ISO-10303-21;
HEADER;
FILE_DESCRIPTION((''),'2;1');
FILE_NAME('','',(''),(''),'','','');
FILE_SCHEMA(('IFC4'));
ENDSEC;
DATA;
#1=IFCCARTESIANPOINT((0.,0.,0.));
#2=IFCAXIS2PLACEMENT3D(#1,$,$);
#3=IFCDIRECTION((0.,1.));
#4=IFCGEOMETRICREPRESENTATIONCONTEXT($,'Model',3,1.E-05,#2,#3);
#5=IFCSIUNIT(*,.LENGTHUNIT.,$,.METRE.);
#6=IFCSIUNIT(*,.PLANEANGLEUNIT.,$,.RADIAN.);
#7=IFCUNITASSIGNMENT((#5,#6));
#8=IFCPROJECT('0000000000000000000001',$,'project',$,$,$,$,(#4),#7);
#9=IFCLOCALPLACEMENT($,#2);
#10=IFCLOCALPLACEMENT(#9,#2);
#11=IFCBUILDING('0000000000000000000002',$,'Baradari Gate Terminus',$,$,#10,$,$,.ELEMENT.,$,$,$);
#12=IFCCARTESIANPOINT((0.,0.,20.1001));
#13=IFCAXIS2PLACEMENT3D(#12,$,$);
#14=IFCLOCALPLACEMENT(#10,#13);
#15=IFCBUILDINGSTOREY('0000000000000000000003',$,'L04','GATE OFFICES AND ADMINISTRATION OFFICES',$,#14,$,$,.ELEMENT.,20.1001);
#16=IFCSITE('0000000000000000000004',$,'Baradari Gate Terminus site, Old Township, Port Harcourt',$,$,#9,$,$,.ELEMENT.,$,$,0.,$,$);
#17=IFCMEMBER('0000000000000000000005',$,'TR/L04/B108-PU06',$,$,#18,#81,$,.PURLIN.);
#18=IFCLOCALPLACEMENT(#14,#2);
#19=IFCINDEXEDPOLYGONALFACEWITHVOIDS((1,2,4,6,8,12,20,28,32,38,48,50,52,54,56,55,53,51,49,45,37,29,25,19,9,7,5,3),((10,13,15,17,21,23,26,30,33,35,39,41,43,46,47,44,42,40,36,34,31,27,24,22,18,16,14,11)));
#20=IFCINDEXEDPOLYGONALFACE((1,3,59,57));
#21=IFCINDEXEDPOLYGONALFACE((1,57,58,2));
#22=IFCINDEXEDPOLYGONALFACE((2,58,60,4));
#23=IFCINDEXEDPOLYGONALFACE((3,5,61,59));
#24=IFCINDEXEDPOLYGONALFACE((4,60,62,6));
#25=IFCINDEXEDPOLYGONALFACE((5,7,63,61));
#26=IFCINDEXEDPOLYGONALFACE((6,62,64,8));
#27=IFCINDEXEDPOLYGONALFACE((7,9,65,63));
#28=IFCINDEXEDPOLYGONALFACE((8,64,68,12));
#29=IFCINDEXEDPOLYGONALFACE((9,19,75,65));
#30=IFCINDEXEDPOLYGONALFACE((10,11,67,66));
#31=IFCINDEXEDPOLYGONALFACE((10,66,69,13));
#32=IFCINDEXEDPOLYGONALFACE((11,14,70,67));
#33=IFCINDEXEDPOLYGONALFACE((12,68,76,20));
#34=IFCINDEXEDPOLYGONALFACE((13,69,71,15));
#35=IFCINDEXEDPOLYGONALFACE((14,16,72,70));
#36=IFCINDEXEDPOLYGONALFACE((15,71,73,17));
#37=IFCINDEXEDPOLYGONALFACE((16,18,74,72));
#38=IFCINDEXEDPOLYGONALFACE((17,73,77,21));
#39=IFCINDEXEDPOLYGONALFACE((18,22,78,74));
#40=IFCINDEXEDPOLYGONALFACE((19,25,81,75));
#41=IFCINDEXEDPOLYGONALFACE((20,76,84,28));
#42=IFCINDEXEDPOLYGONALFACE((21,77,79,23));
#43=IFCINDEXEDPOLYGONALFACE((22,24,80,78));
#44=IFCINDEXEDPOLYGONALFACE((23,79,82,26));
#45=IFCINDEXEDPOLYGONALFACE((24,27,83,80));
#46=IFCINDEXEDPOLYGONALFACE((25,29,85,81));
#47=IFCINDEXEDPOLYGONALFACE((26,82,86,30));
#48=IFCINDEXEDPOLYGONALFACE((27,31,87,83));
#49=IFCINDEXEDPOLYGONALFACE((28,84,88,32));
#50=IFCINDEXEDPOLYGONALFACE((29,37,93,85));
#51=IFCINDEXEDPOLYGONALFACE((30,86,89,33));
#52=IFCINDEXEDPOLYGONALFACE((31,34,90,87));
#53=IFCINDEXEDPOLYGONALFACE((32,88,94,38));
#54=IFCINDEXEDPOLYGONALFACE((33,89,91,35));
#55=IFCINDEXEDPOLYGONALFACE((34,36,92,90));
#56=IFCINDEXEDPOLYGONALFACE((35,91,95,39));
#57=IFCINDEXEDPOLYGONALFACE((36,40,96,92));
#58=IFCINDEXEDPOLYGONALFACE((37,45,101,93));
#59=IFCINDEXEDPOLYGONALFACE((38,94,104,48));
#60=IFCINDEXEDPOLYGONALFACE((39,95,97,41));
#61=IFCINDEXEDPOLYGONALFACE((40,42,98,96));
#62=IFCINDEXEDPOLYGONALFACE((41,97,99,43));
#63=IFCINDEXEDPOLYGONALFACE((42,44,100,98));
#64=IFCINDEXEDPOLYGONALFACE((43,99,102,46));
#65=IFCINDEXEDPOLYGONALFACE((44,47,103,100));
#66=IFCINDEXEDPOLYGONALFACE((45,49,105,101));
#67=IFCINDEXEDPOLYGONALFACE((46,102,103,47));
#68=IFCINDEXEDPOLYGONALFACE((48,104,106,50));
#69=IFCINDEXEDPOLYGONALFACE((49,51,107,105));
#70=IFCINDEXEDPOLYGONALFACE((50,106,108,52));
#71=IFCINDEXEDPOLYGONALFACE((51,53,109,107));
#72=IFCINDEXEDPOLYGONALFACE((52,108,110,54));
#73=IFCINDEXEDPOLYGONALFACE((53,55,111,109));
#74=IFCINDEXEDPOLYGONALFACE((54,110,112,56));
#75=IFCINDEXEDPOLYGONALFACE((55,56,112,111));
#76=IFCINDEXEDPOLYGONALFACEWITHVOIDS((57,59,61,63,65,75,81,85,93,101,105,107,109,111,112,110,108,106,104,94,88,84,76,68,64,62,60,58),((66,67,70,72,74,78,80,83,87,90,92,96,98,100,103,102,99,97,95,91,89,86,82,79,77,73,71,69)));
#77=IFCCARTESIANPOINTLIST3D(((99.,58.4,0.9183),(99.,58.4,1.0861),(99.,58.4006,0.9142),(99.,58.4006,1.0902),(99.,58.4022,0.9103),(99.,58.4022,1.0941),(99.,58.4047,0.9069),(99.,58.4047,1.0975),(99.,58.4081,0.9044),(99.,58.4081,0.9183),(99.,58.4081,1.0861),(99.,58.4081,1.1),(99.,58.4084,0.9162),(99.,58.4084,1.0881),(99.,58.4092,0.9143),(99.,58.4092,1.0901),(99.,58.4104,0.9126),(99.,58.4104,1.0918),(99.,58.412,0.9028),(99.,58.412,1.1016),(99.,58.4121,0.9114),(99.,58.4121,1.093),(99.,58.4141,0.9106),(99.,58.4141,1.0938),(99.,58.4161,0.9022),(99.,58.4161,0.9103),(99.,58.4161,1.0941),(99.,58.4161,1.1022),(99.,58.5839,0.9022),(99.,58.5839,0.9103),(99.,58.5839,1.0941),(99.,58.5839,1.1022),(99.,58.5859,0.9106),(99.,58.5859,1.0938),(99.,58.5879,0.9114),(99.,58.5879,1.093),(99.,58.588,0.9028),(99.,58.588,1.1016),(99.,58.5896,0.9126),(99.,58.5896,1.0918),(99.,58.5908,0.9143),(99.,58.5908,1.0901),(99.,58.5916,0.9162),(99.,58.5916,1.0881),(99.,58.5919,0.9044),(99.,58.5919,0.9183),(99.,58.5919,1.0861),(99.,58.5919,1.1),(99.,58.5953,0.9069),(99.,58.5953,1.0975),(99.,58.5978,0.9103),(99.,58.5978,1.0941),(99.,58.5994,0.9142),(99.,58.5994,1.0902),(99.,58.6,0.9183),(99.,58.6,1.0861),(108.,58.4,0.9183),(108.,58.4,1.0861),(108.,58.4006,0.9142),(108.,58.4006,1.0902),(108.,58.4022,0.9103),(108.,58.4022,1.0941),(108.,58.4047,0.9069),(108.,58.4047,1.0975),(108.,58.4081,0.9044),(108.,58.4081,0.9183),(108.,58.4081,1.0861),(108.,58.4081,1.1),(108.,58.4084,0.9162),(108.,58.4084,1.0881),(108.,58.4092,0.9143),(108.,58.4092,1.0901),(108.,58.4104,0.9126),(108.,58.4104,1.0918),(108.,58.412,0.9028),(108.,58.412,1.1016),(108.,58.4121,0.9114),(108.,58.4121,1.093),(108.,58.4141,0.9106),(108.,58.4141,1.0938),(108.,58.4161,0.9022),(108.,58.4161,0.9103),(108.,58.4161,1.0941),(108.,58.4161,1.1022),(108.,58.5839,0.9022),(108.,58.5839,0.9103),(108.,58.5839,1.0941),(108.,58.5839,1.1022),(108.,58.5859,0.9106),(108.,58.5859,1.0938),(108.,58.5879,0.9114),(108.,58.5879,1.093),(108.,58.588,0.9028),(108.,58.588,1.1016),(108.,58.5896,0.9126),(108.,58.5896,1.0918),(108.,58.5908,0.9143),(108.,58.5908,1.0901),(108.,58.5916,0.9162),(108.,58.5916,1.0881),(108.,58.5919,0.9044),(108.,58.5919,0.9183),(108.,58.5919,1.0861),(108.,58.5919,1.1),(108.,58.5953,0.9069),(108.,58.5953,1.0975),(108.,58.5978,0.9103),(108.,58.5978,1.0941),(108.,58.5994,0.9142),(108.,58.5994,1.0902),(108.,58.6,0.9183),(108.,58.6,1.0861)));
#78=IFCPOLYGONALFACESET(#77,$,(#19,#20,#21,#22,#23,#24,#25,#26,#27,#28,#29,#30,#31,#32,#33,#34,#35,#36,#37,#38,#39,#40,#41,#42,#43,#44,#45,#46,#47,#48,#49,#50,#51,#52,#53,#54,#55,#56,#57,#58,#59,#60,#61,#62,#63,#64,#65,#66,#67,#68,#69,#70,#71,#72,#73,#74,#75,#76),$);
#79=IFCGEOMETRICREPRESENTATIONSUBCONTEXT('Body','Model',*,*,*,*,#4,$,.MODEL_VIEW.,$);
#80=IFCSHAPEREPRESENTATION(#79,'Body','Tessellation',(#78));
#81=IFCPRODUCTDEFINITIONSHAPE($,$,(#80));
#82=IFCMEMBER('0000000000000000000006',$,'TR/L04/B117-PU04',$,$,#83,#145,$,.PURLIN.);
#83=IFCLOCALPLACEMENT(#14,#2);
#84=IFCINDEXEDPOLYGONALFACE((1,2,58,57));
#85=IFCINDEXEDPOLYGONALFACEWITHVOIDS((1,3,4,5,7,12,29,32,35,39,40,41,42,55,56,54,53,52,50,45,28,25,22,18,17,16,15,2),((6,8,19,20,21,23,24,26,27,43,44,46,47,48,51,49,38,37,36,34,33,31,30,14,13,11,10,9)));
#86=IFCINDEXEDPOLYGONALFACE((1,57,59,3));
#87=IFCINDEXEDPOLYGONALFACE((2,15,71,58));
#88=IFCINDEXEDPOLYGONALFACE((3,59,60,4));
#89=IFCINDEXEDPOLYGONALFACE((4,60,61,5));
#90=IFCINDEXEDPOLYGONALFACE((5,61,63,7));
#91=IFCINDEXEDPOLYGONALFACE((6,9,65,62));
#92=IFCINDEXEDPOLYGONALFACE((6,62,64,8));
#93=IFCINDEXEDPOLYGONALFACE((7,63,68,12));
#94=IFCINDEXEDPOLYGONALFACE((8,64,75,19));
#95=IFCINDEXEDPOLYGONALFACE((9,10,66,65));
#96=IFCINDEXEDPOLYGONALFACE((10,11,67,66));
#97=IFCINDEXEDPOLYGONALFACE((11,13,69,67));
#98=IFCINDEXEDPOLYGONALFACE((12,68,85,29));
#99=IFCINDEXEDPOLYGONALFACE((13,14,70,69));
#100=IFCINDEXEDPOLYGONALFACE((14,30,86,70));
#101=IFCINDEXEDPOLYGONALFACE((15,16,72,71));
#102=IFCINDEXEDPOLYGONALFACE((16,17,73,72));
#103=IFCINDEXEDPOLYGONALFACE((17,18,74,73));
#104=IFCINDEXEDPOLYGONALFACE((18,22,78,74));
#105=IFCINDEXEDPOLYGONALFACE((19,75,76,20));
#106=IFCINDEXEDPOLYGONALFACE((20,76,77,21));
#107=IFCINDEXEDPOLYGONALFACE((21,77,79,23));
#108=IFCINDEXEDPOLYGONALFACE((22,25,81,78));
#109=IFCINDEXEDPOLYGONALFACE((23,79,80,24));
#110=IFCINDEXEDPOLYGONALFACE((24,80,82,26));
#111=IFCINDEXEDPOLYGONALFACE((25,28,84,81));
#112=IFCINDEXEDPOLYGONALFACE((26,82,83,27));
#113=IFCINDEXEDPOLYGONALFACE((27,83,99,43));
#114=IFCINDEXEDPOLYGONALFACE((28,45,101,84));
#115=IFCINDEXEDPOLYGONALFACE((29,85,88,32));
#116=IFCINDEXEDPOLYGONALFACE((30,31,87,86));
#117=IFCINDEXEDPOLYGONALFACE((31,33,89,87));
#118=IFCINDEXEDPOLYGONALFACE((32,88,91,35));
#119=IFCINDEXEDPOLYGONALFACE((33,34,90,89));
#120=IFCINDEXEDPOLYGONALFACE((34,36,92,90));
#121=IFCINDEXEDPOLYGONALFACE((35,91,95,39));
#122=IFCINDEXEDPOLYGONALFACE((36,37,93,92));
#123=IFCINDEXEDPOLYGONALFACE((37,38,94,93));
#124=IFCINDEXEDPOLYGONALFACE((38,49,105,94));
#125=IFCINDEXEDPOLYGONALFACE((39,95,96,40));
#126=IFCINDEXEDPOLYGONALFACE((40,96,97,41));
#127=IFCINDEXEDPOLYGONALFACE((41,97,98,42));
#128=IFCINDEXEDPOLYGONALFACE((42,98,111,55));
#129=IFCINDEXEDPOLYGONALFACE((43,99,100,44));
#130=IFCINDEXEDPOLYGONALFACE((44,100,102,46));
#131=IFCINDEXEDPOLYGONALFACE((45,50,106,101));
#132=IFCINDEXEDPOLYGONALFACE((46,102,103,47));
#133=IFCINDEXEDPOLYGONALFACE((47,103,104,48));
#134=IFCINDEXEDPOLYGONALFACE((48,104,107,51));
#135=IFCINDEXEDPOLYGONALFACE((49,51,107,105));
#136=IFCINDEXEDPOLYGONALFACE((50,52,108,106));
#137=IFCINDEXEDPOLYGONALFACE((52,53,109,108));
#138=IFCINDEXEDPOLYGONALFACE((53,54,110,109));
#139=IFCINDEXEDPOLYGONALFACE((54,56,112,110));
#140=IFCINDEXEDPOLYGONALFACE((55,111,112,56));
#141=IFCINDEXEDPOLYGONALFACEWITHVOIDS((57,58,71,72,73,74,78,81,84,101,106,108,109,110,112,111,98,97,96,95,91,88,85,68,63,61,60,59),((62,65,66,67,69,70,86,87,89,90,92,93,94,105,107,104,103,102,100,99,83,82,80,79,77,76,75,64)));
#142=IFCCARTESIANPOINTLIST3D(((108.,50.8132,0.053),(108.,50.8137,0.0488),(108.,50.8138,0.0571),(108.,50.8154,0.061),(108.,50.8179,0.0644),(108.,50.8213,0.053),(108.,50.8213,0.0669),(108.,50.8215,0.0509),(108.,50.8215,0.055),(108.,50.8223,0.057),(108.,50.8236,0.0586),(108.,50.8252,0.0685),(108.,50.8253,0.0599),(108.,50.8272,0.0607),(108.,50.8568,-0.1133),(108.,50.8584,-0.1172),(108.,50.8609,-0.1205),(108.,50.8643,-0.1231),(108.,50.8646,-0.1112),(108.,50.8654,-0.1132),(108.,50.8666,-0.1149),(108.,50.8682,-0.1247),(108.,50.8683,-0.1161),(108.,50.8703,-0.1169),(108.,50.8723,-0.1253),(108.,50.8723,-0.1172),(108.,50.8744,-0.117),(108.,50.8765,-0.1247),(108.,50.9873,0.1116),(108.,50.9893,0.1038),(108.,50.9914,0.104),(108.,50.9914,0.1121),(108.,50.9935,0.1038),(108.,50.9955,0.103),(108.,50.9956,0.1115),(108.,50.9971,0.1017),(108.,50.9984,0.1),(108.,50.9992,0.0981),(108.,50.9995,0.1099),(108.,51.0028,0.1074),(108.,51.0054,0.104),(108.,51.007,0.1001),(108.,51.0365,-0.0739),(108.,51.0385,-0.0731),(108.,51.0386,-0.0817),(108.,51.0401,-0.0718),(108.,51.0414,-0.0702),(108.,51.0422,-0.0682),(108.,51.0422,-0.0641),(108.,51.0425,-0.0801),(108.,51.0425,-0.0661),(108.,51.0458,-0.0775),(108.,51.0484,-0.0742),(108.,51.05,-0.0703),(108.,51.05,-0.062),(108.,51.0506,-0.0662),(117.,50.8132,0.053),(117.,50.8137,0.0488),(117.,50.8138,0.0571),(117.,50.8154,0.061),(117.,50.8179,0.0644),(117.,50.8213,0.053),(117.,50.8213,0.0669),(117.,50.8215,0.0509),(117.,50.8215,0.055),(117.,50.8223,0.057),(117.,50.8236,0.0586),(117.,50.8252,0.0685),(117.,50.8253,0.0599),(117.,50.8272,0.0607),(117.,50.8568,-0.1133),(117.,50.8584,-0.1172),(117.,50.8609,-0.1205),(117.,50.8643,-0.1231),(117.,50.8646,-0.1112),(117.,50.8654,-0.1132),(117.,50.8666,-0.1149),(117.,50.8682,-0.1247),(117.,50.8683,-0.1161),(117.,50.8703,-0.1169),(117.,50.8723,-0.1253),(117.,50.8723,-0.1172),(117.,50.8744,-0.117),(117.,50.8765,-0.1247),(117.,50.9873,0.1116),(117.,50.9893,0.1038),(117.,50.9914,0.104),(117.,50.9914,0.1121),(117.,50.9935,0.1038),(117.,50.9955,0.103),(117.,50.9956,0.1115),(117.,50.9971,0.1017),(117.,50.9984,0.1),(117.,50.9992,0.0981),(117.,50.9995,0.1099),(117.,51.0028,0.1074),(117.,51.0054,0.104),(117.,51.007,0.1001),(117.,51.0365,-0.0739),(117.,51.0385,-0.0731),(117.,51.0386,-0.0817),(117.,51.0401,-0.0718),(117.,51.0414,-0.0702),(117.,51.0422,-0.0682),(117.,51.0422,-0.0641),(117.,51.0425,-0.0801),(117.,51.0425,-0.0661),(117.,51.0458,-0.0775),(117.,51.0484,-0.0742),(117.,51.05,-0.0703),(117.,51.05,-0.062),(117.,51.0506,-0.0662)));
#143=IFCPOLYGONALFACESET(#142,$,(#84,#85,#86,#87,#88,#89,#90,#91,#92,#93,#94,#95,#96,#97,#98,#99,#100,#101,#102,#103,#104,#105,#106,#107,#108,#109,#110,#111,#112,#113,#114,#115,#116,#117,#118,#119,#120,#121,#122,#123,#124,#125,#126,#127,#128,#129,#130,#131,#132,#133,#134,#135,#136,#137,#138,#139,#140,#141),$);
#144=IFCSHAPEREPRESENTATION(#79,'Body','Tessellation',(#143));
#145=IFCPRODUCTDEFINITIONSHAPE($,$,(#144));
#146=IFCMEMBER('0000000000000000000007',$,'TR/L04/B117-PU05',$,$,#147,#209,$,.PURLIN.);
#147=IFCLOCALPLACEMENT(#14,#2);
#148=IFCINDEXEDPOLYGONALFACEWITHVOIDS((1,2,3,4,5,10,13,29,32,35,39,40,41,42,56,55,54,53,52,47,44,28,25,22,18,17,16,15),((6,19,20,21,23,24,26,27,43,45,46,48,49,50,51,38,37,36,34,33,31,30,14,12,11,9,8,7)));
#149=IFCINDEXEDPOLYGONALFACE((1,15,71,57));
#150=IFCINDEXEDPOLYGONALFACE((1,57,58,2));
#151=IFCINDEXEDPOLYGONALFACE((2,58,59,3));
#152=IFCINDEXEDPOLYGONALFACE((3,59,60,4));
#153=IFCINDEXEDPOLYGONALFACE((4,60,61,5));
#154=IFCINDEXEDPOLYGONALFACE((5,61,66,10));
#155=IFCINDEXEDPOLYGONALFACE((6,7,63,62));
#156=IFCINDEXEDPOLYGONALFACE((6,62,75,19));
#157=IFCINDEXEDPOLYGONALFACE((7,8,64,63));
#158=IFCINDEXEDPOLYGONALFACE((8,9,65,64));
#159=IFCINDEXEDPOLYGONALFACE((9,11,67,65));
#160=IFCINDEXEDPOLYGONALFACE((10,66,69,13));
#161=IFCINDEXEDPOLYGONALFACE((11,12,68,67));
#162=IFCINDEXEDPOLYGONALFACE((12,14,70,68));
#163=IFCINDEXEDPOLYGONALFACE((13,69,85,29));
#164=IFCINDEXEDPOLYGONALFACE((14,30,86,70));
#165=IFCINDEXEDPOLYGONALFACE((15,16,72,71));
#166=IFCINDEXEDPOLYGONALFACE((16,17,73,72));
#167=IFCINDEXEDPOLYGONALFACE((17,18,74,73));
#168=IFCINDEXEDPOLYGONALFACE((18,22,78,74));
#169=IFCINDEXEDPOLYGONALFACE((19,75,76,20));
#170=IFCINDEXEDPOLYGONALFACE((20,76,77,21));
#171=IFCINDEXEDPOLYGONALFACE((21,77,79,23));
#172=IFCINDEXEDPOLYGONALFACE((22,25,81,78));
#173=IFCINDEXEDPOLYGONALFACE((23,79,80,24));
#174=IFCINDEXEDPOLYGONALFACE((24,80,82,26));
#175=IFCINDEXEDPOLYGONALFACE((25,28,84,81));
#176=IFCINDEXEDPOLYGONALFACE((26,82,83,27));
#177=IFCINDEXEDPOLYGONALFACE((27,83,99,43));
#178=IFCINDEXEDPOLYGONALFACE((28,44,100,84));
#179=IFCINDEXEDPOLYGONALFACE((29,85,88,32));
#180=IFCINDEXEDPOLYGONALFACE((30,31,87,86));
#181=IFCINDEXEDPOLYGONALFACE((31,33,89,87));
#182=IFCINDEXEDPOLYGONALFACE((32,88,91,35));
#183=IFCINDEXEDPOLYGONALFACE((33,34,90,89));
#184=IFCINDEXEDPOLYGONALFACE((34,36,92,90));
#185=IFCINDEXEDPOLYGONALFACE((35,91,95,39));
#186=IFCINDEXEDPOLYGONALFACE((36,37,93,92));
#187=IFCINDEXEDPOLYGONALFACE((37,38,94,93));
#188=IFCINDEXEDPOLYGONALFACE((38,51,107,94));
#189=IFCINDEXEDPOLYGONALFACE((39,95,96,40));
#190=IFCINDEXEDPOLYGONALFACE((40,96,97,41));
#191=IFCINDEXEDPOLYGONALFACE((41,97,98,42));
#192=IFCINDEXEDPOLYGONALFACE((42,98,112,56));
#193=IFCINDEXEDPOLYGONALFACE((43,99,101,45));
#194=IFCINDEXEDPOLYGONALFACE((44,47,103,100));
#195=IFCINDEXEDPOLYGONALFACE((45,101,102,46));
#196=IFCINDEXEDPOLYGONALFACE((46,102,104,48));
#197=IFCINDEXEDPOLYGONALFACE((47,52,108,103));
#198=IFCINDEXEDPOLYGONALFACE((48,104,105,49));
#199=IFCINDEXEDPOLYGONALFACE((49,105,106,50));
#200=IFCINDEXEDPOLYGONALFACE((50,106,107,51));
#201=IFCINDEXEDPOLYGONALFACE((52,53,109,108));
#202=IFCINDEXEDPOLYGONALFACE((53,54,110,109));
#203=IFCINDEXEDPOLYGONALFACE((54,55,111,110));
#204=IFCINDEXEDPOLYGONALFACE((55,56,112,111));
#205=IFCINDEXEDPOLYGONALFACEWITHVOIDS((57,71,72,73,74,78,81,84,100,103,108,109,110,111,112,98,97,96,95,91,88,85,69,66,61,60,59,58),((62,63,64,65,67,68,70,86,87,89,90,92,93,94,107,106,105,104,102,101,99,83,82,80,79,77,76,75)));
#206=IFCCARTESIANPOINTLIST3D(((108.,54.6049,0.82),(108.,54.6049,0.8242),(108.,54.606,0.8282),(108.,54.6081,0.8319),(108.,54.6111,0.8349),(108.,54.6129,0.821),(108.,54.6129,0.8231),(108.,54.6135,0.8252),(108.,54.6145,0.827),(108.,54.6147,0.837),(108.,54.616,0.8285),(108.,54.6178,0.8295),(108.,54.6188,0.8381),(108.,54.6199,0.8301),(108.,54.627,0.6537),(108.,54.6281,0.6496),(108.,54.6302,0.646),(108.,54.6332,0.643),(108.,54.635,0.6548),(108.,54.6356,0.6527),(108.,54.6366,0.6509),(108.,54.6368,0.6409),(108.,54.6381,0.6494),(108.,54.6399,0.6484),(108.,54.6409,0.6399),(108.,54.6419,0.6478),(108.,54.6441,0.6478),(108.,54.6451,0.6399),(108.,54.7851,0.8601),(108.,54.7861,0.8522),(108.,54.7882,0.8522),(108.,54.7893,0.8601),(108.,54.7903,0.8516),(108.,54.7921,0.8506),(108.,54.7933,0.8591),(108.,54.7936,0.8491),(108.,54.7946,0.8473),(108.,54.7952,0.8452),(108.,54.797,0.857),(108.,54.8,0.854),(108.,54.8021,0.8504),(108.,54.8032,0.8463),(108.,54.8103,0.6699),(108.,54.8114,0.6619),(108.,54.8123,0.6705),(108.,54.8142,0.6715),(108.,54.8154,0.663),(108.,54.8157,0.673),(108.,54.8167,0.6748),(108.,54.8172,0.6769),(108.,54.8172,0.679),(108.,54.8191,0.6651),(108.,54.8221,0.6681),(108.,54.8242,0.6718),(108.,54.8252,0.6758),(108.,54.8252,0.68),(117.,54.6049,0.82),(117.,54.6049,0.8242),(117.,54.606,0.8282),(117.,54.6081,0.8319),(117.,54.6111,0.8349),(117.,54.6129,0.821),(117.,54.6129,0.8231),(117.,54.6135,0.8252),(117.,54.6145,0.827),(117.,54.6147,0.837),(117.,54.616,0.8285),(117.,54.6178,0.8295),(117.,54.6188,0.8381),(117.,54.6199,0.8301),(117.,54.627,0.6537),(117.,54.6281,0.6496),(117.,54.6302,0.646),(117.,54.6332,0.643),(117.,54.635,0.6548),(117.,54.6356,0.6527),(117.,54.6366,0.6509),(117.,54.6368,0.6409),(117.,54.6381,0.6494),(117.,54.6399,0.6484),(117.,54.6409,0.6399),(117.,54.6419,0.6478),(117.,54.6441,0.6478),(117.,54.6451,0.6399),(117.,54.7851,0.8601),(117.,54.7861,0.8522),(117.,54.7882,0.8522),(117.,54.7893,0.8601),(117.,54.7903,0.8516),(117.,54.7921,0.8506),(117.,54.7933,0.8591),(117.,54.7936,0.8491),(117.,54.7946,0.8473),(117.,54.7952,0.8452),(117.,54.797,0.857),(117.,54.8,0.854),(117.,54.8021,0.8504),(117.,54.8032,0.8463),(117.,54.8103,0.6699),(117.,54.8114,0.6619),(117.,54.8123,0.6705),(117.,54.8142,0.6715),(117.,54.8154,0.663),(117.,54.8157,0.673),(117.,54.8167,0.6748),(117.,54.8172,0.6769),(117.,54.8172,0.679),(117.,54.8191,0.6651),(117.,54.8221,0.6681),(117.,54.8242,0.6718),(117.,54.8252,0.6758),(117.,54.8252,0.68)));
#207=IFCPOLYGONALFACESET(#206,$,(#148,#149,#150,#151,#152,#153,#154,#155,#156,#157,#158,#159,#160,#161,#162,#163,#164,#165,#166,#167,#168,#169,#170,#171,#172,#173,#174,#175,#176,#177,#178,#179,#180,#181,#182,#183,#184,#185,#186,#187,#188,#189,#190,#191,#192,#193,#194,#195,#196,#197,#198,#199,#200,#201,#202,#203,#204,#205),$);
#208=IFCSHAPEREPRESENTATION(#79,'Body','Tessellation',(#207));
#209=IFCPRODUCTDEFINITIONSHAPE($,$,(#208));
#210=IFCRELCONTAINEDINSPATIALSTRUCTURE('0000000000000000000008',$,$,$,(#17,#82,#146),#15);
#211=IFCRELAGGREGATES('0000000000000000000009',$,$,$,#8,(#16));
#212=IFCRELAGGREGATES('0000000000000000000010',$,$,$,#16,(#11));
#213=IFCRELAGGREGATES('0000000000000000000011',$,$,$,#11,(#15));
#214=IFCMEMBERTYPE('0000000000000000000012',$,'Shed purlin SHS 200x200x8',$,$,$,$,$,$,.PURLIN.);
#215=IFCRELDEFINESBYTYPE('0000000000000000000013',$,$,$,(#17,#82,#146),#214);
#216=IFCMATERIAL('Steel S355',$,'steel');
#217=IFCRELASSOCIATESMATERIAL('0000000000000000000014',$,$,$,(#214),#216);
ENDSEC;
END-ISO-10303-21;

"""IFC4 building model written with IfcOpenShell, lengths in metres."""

from ifc_helpers import new_model, si_unit, direction, frame, origin, origin_2d, place, context, subcontext, project, spatial, hollow_rectangle, extrude, material, material_profile, profile_set, type_object, element, save


model = new_model("IFC4")

# Units and contexts
model_context = context("Model", 3, precision=1e-05, world=origin(), true_north=direction((0.0, 1.0)))
body_context = subcontext(model_context, "Body", "Model", "MODEL_VIEW")
ifc_project = project(units=[si_unit("LENGTHUNIT", "METRE"), si_unit("PLANEANGLEUNIT", "RADIAN")], contexts=[model_context])

# Site, building, storey
site_placement = place(None, origin())
site = spatial("IfcSite", under=ifc_project, at=site_placement, Name="Baradari Gate Terminus site, Old Township, Port Harcourt", CompositionType="ELEMENT", RefElevation=0.0)
building_placement = place(site_placement, origin())
building = spatial("IfcBuilding", under=site, at=building_placement, Name="Baradari Gate Terminus", CompositionType="ELEMENT")
storey_placement = place(building_placement, frame((0.0, 0.0, 20.1001)))
storey = spatial("IfcBuildingStorey", under=building, at=storey_placement, Name="L04", Description="GATE OFFICES AND ADMINISTRATION OFFICES", CompositionType="ELEMENT", Elevation=20.1001)

# Members
ifc_material_1 = material(Name="Steel S355", Category="steel")
ifc_material_profile_1 = material_profile(ifc_material_1, hollow_rectangle(XDim=0.2, YDim=0.2, WallThickness=0.0081, InnerFilletRadius=0.0081, OuterFilletRadius=0.0161, at=origin_2d()), Name="SHS 200x200x8")
ifc_profile_set_1 = profile_set([ifc_material_profile_1], Name="Steel S355")
member_type_1 = type_object("IfcMemberType", Name="Shed purlin SHS 200x200x8", PredefinedType="PURLIN", material=ifc_profile_set_1)
for number, where, z_axis, x_axis, name in (
    (1, (99.0, 58.5, 1.0022), (1.0, 0.0, 0.0), (0.0, 1.0, 0.0), "TR/L04/B108-PU06"),
    (2, (108.0, 50.9319, -0.0066), (1.0, 0.0, 0.0), (0.0, 0.9665, 0.256668), "TR/L04/B117-PU04"),
    (3, (108.0, 54.7151, 0.75), (1.0, 0.0, 0.0), (0.0, 0.991303, 0.131599), "TR/L04/B117-PU05"),
):
    element("IfcMember", number, at=place(storey_placement, frame(where, z_axis=z_axis, x_axis=x_axis)), inside=storey, type_object=member_type_1, Name=name, PredefinedType="PURLIN", context=body_context, shape_type="SweptSolid", body=[
        extrude(hollow_rectangle(XDim=0.2, YDim=0.2, WallThickness=0.0081, InnerFilletRadius=0.0081, OuterFilletRadius=0.0161, at=origin_2d()), origin(), (0.0, 0.0, 1.0), 9.0),
    ])

save(model, "model.ifc")
